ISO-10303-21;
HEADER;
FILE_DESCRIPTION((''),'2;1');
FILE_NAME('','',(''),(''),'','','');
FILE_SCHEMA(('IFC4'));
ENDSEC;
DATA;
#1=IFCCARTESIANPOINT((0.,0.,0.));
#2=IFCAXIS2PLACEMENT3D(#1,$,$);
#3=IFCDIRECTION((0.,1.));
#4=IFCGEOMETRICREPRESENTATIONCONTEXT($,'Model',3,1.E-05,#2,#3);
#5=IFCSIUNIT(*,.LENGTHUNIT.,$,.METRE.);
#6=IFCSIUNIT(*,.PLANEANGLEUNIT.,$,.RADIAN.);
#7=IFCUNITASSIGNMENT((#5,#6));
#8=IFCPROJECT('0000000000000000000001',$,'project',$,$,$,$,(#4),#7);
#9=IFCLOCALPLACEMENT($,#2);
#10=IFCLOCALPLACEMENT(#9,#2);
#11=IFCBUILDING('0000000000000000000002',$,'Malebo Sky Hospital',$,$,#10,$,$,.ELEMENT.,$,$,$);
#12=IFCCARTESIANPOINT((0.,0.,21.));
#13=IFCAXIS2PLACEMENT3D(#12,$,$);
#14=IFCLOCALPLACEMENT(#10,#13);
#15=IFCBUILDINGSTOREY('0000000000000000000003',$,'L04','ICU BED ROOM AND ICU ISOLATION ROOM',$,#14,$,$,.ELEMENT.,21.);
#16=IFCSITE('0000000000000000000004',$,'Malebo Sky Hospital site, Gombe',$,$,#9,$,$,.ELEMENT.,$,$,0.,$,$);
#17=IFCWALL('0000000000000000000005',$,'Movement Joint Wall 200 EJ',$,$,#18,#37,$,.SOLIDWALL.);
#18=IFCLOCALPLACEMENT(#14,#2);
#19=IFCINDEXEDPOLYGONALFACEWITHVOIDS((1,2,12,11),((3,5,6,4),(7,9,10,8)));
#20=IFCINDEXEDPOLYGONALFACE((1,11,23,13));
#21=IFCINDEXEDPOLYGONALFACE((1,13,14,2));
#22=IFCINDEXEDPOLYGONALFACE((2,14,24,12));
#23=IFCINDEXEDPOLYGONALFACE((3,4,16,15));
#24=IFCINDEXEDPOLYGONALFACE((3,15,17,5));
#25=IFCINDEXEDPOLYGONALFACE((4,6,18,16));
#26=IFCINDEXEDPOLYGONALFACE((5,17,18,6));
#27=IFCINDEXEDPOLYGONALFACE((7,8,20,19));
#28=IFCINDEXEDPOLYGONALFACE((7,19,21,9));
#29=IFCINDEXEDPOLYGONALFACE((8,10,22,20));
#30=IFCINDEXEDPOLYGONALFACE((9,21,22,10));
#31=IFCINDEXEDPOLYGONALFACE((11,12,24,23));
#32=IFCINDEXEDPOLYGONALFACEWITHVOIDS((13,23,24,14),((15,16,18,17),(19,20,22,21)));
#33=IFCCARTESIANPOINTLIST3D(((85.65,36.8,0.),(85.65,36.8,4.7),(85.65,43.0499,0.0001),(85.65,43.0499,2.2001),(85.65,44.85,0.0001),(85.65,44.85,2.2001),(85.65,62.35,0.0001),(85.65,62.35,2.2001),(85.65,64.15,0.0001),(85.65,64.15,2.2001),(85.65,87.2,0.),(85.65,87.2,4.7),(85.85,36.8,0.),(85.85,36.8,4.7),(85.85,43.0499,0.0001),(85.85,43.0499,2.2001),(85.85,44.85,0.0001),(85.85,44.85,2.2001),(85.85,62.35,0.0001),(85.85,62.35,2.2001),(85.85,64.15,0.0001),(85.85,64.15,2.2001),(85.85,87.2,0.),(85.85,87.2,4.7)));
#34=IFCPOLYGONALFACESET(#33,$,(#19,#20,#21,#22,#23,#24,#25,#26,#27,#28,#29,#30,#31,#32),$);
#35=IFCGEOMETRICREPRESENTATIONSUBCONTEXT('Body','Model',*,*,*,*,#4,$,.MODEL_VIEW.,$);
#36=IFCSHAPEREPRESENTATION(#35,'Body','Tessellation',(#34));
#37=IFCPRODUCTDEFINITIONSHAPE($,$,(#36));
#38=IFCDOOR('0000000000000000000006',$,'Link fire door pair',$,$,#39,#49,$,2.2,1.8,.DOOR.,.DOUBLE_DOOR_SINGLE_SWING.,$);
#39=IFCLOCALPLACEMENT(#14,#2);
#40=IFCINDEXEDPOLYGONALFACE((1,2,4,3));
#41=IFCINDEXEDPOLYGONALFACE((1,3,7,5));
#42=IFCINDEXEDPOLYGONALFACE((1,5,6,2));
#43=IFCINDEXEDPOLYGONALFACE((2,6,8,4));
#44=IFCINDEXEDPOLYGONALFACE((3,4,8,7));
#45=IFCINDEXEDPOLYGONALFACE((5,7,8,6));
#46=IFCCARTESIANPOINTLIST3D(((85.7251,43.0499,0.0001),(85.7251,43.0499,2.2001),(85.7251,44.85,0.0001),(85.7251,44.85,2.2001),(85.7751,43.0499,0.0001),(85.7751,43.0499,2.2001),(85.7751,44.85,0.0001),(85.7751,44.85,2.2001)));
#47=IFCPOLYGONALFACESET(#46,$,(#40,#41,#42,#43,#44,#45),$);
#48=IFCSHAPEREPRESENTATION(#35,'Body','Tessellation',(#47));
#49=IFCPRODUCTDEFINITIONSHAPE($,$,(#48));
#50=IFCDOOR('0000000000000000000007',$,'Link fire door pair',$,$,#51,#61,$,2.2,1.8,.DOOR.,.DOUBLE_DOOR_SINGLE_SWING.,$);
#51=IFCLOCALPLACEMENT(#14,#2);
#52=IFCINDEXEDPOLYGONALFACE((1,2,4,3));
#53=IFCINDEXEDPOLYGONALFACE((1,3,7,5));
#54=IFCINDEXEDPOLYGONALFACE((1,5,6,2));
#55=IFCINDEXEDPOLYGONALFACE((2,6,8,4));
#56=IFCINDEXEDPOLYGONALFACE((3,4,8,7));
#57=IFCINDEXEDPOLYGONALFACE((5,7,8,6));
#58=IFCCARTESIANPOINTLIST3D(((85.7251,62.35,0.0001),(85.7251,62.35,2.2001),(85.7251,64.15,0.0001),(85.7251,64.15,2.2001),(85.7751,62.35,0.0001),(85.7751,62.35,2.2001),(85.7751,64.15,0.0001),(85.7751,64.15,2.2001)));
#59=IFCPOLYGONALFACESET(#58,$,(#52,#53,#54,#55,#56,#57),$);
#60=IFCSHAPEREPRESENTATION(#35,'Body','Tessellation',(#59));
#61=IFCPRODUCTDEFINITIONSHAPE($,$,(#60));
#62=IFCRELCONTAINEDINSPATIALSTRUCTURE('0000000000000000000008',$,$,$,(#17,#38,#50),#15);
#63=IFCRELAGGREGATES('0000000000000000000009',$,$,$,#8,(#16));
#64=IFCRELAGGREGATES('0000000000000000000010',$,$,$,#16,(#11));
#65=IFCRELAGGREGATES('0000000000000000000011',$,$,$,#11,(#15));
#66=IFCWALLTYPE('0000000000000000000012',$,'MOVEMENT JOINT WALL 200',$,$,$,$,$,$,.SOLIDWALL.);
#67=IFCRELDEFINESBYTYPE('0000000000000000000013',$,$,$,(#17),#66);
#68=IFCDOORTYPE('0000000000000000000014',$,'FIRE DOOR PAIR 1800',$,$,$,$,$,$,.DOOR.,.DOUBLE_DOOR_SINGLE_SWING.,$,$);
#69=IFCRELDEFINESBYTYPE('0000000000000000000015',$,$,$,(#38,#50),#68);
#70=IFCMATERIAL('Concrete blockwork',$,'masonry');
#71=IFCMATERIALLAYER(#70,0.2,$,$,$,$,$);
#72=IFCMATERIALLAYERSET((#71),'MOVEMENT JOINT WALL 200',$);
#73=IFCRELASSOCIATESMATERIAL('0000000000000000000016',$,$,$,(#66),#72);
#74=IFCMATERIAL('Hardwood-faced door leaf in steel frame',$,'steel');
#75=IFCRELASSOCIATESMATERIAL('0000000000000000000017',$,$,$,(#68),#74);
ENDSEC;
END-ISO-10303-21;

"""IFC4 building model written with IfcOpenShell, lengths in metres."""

from ifc_helpers import new_model, si_unit, direction, frame, frame_2d, origin, place, context, subcontext, project, spatial, rectangle, extrude, material, layer, layer_set, type_object, element, fill, save


model = new_model("IFC4")

# Units and contexts
model_context = context("Model", 3, precision=1e-05, world=origin(), true_north=direction((0.0, 1.0)))
body_context = subcontext(model_context, "Body", "Model", "MODEL_VIEW")
ifc_project = project(units=[si_unit("LENGTHUNIT", "METRE"), si_unit("PLANEANGLEUNIT", "RADIAN")], contexts=[model_context])

# Site, building, storey
site_placement = place(None, origin())
site = spatial("IfcSite", under=ifc_project, at=site_placement, Name="Malebo Sky Hospital site, Gombe", CompositionType="ELEMENT", RefElevation=0.0)
building_placement = place(site_placement, origin())
building = spatial("IfcBuilding", under=site, at=building_placement, Name="Malebo Sky Hospital", CompositionType="ELEMENT")
storey_placement = place(building_placement, frame((0.0, 0.0, 21.0)))
storey = spatial("IfcBuildingStorey", under=building, at=storey_placement, Name="L04", Description="ICU BED ROOM AND ICU ISOLATION ROOM", CompositionType="ELEMENT", Elevation=21.0)

# Wall, openings, doors
ifc_material_1 = material(Name="Concrete blockwork", Category="masonry")
ifc_layer_1 = layer(ifc_material_1, 0.2)
ifc_layer_set_1 = layer_set([ifc_layer_1], Name="MOVEMENT JOINT WALL 200")
wall_type = type_object("IfcWallType", Name="MOVEMENT JOINT WALL 200", PredefinedType="SOLIDWALL", material=ifc_layer_set_1)
wall_placement = place(storey_placement, frame((85.75, 36.8, 0.0), z_axis=(0.0, 0.0, 1.0), x_axis=(0.0, 1.0, 0.0)))
wall = element("IfcWall", 1, at=wall_placement, inside=storey, type_object=wall_type, Name="Movement Joint Wall 200 EJ", PredefinedType="SOLIDWALL", context=body_context, shape_type="SweptSolid", body=[
    extrude(rectangle(XDim=50.3999, YDim=0.2, at=frame_2d((25.2, 0.0))), origin(), (0.0, 0.0, 1.0), 4.7),
])
opening_1_placement = place(wall_placement, frame((6.25, 0.0, 0.0)))
opening_1 = element("IfcOpeningElement", 2, at=opening_1_placement, cuts=wall, PredefinedType="OPENING", context=body_context, shape_type="SweptSolid", body=[
    extrude(rectangle(XDim=1.8, YDim=2.2, at=frame_2d((0.8999, 1.1001))), frame((0.0, 0.1099, 0.0), z_axis=(0.0, -1.0, 0.0), x_axis=(1.0, 0.0, 0.0)), (0.0, 0.0, 1.0), 0.22),
])
opening_2_placement = place(wall_placement, frame((25.55, 0.0, 0.0)))
opening_2 = element("IfcOpeningElement", 3, at=opening_2_placement, cuts=wall, PredefinedType="OPENING", context=body_context, shape_type="SweptSolid", body=[
    extrude(rectangle(XDim=1.8, YDim=2.2, at=frame_2d((0.8999, 1.1001))), frame((0.0, 0.1099, 0.0), z_axis=(0.0, -1.0, 0.0), x_axis=(1.0, 0.0, 0.0)), (0.0, 0.0, 1.0), 0.22),
])
ifc_material_2 = material(Name="Hardwood-faced door leaf in steel frame", Category="steel")
door_type = type_object("IfcDoorType", Name="FIRE DOOR PAIR 1800", OperationType="DOUBLE_DOOR_SINGLE_SWING", PredefinedType="DOOR", material=ifc_material_2)
door_1_placement = place(opening_1_placement, origin())
door_1 = element("IfcDoor", 4, at=door_1_placement, inside=storey, type_object=door_type, Name="Link fire door pair", OperationType="DOUBLE_DOOR_SINGLE_SWING", OverallHeight=2.2, OverallWidth=1.8, PredefinedType="DOOR", context=body_context, shape_type="SweptSolid", body=[
    extrude(rectangle(XDim=1.8, YDim=2.2, at=frame_2d((0.8999, 1.1001))), frame((0.0, 0.0249, 0.0), z_axis=(0.0, -1.0, 0.0), x_axis=(1.0, 0.0, 0.0)), (0.0, 0.0, 1.0), 0.05),
])
fill(opening_1, door_1)
door_2_placement = place(opening_2_placement, origin())
door_2 = element("IfcDoor", 5, at=door_2_placement, inside=storey, type_object=door_type, Name="Link fire door pair", OperationType="DOUBLE_DOOR_SINGLE_SWING", OverallHeight=2.2, OverallWidth=1.8, PredefinedType="DOOR", context=body_context, shape_type="SweptSolid", body=[
    extrude(rectangle(XDim=1.8, YDim=2.2, at=frame_2d((0.8999, 1.1001))), frame((0.0, 0.0249, 0.0), z_axis=(0.0, -1.0, 0.0), x_axis=(1.0, 0.0, 0.0)), (0.0, 0.0, 1.0), 0.05),
])
fill(opening_2, door_2)

save(model, "model.ifc")
